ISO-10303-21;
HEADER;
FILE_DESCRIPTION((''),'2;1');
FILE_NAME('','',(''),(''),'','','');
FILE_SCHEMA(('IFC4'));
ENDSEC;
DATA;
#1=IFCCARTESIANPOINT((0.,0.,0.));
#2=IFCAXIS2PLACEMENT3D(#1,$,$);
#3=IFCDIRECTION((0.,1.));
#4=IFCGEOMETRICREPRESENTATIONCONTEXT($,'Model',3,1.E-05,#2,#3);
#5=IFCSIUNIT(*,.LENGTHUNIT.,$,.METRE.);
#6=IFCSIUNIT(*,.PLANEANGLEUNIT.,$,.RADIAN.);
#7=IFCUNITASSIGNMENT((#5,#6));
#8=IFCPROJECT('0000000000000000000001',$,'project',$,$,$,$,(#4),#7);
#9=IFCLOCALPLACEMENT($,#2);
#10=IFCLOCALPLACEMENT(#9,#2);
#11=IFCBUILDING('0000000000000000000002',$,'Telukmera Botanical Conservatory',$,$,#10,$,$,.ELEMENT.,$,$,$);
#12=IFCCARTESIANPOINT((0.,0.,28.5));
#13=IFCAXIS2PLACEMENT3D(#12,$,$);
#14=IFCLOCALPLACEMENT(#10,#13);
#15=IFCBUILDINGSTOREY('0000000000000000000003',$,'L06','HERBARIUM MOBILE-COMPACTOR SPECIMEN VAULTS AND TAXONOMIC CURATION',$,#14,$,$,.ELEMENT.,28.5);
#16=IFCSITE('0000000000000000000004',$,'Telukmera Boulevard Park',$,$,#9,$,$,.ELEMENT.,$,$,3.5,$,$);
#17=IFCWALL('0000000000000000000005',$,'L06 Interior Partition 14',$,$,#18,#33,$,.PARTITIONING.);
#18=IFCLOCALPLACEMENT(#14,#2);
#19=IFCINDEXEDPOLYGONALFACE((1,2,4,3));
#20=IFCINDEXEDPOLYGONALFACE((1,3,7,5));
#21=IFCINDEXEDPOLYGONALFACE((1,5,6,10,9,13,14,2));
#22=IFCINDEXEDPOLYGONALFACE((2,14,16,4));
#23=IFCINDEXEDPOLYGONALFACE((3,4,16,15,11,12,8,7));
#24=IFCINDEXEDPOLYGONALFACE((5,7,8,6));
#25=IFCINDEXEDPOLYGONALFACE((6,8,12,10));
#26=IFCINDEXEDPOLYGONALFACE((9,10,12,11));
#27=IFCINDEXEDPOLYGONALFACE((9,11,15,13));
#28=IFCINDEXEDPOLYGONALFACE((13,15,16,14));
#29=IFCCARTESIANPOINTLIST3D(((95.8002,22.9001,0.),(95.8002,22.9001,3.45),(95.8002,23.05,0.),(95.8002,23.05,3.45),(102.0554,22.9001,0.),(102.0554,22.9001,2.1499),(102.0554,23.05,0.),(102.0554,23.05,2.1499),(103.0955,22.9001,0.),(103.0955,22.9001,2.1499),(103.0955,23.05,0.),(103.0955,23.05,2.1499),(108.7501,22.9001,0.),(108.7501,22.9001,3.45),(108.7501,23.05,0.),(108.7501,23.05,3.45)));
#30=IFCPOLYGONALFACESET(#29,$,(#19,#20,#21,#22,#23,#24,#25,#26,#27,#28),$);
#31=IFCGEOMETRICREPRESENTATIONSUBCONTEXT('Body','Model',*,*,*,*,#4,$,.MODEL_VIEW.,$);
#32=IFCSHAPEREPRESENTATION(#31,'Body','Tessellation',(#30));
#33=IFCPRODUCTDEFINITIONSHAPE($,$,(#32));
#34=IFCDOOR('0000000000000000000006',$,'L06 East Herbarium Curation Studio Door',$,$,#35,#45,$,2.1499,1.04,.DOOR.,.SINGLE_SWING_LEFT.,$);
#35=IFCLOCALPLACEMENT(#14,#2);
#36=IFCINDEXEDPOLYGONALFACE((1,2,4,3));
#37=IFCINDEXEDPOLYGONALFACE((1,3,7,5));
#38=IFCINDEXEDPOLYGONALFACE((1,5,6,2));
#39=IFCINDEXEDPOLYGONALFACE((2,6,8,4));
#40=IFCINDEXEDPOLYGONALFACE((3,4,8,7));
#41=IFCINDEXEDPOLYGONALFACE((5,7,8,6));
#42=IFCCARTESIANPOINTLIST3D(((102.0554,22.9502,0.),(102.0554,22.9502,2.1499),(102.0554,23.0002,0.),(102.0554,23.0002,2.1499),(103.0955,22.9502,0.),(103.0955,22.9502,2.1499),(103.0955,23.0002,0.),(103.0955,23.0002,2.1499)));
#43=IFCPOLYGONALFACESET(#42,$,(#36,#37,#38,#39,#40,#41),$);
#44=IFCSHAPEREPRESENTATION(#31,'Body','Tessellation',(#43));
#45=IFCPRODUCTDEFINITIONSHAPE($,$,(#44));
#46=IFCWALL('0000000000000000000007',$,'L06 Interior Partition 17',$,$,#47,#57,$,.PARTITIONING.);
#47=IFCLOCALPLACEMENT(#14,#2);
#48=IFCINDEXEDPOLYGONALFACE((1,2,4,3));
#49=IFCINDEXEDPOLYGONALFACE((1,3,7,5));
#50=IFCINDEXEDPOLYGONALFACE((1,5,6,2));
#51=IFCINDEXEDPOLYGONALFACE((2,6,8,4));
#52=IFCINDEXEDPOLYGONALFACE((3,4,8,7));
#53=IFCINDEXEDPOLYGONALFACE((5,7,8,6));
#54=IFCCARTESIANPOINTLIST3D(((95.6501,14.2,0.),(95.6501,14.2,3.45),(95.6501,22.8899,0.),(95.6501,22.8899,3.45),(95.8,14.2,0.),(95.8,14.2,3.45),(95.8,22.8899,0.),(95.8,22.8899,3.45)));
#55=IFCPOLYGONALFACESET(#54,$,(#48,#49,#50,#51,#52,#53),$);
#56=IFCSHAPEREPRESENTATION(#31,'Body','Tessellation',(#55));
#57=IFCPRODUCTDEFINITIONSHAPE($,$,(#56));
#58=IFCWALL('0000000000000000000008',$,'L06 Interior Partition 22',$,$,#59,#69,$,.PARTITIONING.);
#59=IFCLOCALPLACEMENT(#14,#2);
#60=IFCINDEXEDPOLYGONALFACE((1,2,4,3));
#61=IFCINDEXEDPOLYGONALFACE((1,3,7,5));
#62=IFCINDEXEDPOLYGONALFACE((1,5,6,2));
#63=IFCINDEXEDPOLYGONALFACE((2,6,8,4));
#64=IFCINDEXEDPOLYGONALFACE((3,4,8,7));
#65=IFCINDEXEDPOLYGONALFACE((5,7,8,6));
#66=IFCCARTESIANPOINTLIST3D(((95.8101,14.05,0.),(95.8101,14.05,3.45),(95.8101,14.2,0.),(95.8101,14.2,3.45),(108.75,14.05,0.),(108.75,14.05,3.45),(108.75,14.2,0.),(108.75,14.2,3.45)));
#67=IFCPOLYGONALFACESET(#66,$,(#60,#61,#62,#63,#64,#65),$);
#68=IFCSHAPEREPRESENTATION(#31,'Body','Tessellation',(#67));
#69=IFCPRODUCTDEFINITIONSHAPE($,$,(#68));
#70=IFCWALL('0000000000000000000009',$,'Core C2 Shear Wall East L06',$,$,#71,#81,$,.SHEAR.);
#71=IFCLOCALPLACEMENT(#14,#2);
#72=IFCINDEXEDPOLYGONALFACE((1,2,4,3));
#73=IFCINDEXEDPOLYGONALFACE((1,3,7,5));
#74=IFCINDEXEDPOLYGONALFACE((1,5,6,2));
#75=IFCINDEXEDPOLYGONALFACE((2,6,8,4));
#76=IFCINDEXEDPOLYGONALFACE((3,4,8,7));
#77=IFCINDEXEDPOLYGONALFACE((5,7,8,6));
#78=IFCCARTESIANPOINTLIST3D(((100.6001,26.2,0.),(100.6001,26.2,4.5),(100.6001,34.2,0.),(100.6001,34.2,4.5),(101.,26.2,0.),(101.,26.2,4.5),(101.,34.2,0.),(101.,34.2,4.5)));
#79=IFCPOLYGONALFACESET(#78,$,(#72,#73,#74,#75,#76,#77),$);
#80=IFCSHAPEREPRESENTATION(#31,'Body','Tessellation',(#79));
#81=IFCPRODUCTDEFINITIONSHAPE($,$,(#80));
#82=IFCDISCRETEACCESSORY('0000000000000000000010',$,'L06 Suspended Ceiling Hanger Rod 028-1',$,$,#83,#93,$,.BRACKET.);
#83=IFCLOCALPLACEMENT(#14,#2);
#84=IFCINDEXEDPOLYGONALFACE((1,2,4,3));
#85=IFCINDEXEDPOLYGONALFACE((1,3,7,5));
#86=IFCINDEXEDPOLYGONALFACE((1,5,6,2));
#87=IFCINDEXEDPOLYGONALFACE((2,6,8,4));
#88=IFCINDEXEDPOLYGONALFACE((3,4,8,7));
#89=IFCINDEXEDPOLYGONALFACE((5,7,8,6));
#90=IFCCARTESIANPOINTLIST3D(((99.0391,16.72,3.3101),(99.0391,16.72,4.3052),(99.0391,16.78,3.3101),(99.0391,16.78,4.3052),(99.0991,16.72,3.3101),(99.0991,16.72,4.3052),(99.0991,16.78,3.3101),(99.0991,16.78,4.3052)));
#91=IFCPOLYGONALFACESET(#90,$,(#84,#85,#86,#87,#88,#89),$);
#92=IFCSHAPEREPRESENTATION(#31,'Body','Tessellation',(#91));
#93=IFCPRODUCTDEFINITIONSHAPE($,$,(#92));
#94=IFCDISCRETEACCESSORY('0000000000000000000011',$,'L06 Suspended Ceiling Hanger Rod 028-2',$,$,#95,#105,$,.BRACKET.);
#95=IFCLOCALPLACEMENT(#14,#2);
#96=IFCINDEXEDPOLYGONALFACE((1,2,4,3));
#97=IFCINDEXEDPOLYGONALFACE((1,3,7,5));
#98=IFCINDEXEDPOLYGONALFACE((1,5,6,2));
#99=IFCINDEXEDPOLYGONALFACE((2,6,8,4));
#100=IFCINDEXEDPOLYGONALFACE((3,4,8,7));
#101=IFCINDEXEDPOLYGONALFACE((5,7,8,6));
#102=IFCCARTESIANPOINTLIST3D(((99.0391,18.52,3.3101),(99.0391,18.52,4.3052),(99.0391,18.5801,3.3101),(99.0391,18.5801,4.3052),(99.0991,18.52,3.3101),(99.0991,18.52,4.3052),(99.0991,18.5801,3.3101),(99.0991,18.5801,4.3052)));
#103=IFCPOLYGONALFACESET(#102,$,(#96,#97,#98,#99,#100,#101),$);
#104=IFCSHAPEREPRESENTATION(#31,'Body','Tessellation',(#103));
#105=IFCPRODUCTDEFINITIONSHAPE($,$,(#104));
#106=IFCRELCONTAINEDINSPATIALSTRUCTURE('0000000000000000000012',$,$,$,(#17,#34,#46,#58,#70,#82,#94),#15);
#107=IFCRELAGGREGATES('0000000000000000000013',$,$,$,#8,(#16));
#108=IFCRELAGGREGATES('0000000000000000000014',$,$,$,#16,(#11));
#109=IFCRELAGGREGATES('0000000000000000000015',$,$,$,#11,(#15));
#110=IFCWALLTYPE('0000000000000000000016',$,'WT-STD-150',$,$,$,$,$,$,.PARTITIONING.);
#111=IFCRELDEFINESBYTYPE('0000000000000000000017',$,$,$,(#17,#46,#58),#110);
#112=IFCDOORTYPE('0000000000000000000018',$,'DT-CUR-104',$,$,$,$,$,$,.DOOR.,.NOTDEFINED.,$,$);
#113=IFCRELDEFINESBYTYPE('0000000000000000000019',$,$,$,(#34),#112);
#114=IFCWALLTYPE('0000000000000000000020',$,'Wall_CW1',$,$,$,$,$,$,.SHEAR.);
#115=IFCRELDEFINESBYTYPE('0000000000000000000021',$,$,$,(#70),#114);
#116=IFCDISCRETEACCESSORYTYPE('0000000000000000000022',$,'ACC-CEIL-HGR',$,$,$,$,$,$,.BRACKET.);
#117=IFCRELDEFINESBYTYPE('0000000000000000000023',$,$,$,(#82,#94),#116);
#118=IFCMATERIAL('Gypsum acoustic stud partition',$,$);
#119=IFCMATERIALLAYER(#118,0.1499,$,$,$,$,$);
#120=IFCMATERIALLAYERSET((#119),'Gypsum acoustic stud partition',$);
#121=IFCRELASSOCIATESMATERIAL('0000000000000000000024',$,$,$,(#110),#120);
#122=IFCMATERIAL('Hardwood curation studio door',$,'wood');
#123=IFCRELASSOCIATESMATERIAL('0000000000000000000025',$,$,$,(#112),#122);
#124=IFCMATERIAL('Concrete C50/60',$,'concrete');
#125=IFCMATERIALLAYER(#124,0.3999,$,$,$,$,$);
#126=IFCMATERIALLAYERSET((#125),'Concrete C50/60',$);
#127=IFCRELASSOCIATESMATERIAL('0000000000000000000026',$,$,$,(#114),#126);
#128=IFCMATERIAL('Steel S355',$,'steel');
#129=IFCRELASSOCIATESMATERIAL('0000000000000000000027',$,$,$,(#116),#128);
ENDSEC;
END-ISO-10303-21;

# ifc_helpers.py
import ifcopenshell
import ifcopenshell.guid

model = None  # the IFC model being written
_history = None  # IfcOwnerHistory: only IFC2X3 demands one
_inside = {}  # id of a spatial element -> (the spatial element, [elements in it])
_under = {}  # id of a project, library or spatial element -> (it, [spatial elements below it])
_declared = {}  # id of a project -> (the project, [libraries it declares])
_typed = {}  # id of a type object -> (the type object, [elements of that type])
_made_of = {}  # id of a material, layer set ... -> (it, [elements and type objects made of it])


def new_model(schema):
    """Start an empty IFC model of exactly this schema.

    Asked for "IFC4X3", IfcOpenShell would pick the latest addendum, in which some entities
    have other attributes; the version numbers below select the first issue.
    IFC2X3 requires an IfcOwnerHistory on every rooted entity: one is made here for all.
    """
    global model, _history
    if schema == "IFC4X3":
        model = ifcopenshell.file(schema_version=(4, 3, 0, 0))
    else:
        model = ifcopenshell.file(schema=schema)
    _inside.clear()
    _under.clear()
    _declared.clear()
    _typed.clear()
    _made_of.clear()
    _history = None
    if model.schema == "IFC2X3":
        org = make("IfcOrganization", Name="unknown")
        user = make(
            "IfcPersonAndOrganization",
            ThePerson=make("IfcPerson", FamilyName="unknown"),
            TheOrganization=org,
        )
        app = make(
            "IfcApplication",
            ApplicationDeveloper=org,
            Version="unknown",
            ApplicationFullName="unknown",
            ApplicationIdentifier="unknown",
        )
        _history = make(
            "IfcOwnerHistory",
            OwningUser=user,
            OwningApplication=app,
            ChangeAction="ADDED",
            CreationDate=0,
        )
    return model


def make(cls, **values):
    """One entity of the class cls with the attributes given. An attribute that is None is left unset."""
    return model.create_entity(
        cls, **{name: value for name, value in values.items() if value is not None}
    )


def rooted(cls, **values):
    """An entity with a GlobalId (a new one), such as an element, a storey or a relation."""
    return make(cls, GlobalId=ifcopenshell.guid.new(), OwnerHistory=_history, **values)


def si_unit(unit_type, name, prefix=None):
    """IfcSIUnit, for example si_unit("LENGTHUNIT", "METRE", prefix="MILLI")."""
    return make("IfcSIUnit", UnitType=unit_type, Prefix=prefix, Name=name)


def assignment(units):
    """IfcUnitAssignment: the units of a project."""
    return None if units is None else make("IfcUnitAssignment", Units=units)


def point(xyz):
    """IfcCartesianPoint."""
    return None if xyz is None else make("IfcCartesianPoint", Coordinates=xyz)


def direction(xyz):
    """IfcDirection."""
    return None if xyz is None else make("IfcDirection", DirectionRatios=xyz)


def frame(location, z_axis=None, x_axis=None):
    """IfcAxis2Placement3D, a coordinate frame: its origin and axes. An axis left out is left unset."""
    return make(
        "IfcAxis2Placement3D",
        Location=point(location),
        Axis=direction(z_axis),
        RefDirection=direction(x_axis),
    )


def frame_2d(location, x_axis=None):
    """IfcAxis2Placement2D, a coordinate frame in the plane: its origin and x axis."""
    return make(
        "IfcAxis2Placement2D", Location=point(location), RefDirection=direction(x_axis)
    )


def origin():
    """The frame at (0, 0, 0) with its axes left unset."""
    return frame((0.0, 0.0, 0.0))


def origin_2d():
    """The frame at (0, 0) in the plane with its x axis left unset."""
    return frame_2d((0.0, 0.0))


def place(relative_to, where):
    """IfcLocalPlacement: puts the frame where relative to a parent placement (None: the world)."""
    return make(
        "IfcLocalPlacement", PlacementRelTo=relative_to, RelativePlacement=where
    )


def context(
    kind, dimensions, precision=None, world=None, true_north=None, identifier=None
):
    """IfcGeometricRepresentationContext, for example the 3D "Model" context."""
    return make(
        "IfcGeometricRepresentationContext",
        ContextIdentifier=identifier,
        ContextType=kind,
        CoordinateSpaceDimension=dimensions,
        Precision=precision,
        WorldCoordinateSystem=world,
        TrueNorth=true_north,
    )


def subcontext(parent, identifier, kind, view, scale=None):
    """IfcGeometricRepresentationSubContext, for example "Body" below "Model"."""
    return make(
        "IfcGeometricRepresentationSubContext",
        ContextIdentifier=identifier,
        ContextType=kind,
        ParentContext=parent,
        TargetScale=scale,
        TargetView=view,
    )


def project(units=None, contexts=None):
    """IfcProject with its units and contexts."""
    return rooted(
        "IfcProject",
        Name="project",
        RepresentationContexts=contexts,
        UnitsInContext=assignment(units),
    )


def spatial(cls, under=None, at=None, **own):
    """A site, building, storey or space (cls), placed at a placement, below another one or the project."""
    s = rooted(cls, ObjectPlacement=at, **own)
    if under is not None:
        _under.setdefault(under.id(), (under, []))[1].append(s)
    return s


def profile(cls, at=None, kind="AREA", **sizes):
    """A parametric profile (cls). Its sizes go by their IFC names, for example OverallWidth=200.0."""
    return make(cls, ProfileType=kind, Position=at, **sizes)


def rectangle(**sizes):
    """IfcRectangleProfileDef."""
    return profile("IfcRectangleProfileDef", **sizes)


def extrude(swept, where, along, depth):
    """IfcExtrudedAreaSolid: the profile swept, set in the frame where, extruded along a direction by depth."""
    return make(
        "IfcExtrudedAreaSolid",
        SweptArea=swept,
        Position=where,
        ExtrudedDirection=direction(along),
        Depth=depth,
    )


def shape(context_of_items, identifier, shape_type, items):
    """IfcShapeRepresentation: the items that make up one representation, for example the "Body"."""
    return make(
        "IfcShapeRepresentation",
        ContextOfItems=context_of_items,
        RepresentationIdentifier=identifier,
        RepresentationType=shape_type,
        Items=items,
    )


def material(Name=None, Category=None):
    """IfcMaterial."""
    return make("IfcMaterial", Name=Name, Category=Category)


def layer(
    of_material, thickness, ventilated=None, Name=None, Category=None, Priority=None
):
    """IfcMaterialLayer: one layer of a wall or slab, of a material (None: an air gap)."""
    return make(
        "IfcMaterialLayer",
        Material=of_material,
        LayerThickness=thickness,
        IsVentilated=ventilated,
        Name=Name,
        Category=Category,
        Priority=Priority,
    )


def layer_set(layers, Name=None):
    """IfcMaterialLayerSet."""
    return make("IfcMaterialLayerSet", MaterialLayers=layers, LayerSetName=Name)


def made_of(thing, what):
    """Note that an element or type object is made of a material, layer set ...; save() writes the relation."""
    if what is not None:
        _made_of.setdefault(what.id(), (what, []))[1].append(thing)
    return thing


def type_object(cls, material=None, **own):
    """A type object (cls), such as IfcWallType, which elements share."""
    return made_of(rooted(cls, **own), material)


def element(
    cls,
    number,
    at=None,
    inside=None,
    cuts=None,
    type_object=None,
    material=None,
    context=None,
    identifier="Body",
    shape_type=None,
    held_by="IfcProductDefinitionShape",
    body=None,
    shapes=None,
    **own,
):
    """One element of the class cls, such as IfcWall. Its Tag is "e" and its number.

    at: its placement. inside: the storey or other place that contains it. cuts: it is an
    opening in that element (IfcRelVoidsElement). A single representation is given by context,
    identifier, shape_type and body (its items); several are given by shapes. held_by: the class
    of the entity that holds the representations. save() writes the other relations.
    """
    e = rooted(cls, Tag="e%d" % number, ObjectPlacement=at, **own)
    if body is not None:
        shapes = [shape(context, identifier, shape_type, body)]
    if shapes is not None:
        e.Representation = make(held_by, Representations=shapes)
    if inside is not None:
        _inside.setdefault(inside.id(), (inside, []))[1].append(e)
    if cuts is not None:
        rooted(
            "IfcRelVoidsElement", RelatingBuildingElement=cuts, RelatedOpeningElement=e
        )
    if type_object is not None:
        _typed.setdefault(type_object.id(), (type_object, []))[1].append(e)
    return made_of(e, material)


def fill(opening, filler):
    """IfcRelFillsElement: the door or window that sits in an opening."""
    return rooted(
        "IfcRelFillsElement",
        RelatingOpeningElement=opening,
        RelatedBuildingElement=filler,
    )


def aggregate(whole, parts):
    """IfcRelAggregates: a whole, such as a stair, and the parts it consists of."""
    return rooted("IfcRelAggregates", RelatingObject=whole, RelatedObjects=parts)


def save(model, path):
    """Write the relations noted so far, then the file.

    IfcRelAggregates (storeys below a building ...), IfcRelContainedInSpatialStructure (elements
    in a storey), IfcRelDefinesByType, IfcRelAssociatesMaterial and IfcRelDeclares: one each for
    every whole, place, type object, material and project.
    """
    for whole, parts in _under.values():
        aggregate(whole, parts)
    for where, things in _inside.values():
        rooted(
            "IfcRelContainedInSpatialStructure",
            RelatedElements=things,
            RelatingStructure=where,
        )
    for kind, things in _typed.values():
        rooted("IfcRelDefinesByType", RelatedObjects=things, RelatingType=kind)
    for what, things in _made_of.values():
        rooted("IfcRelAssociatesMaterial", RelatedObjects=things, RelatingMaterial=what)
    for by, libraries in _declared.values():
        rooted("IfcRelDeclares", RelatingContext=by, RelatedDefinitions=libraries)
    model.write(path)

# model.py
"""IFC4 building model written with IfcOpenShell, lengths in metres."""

from ifc_helpers import new_model, si_unit, direction, frame, frame_2d, origin, origin_2d, place, context, subcontext, project, spatial, rectangle, extrude, material, layer, layer_set, type_object, element, fill, save


model = new_model("IFC4")

# Units and contexts
model_context = context("Model", 3, precision=1e-05, world=origin(), true_north=direction((0.0, 1.0)))
body_context = subcontext(model_context, "Body", "Model", "MODEL_VIEW")
ifc_project = project(units=[si_unit("LENGTHUNIT", "METRE"), si_unit("PLANEANGLEUNIT", "RADIAN")], contexts=[model_context])

# Site, building, storey
site_placement = place(None, origin())
site = spatial("IfcSite", under=ifc_project, at=site_placement, Name="Telukmera Boulevard Park", CompositionType="ELEMENT", RefElevation=3.5)
building_placement = place(site_placement, origin())
building = spatial("IfcBuilding", under=site, at=building_placement, Name="Telukmera Botanical Conservatory", CompositionType="ELEMENT")
storey_placement = place(building_placement, frame((0.0, 0.0, 28.5)))
storey = spatial("IfcBuildingStorey", under=building, at=storey_placement, Name="L06", Description="HERBARIUM MOBILE-COMPACTOR SPECIMEN VAULTS AND TAXONOMIC CURATION", CompositionType="ELEMENT", Elevation=28.5)

# Shared definitions
ifc_material_1 = material(Name="Concrete C50/60", Category="concrete")

# Wall, opening, door
ifc_material_2 = material(Name="Gypsum acoustic stud partition")
ifc_layer_1 = layer(ifc_material_2, 0.1499)
ifc_layer_set_1 = layer_set([ifc_layer_1], Name="Gypsum acoustic stud partition")
wall_type_1 = type_object("IfcWallType", Name="WT-STD-150", PredefinedType="PARTITIONING", material=ifc_layer_set_1)
ifc_material_3 = material(Name="Hardwood curation studio door", Category="wood")
door_type_1 = type_object("IfcDoorType", Name="DT-CUR-104", OperationType="NOTDEFINED", PredefinedType="DOOR", material=ifc_material_3)
wall_1_placement = place(storey_placement, frame((95.8, 22.9751, 0.0), z_axis=(0.0, 0.0, 1.0), x_axis=(1.0, 0.0, 0.0)))
wall_1 = element("IfcWall", 1, at=wall_1_placement, inside=storey, type_object=wall_type_1, Name="L06 Interior Partition 14", PredefinedType="PARTITIONING", context=body_context, shape_type="SweptSolid", body=[
    extrude(rectangle(XDim=12.95, YDim=0.1499, at=frame_2d((6.4751, 0.0))), origin(), (0.0, 0.0, 1.0), 3.45),
])
opening_1_placement = place(wall_1_placement, frame((6.2554, 0.0, 0.0)))
opening_1 = element("IfcOpeningElement", 2, at=opening_1_placement, cuts=wall_1, PredefinedType="OPENING", context=body_context, shape_type="SweptSolid", body=[
    extrude(rectangle(XDim=1.04, YDim=2.1499, at=frame_2d((0.52, 1.075))), frame((0.0, 0.085, 0.0), z_axis=(0.0, -1.0, 0.0), x_axis=(1.0, 0.0, 0.0)), (0.0, 0.0, 1.0), 0.1699),
])
door_1_placement = place(opening_1_placement, frame((1.04, 0.0, 0.0), z_axis=(0.0, 0.0, 1.0), x_axis=(-1.0, 0.0, 0.0)))
door_1 = element("IfcDoor", 3, at=door_1_placement, inside=storey, type_object=door_type_1, Name="L06 East Herbarium Curation Studio Door", OperationType="SINGLE_SWING_LEFT", OverallHeight=2.1499, OverallWidth=1.04, PredefinedType="DOOR", context=body_context, shape_type="SweptSolid", body=[
    extrude(rectangle(XDim=1.04, YDim=2.1499, at=frame_2d((0.52, 1.075))), frame((0.0, 0.0249, 0.0), z_axis=(0.0, -1.0, 0.0), x_axis=(1.0, 0.0, 0.0)), (0.0, 0.0, 1.0), 0.05),
])
fill(opening_1, door_1)

# Walls
wall_2_placement = place(storey_placement, frame((95.7251, 14.2, 0.0), z_axis=(0.0, 0.0, 1.0), x_axis=(0.0, 1.0, 0.0)))
element("IfcWall", 4, at=wall_2_placement, inside=storey, type_object=wall_type_1, Name="L06 Interior Partition 17", PredefinedType="PARTITIONING", context=body_context, shape_type="SweptSolid", body=[
    extrude(rectangle(XDim=8.6899, YDim=0.1499, at=frame_2d((4.345, 0.0))), origin(), (0.0, 0.0, 1.0), 3.45),
])
wall_3_placement = place(storey_placement, frame((95.8101, 14.125, 0.0), z_axis=(0.0, 0.0, 1.0), x_axis=(1.0, 0.0, 0.0)))
element("IfcWall", 5, at=wall_3_placement, inside=storey, type_object=wall_type_1, Name="L06 Interior Partition 22", PredefinedType="PARTITIONING", context=body_context, shape_type="SweptSolid", body=[
    extrude(rectangle(XDim=12.9399, YDim=0.1499, at=frame_2d((6.47, 0.0))), origin(), (0.0, 0.0, 1.0), 3.45),
])
ifc_layer_2 = layer(ifc_material_1, 0.3999)
ifc_layer_set_2 = layer_set([ifc_layer_2], Name="Concrete C50/60")
wall_type_2 = type_object("IfcWallType", Name="Wall_CW1", PredefinedType="SHEAR", material=ifc_layer_set_2)
wall_4_placement = place(storey_placement, frame((100.8, 26.2, 0.0), z_axis=(0.0, 0.0, 1.0), x_axis=(0.0, 1.0, 0.0)))
element("IfcWall", 6, at=wall_4_placement, inside=storey, type_object=wall_type_2, Name="Core C2 Shear Wall East L06", PredefinedType="SHEAR", context=body_context, shape_type="SweptSolid", body=[
    extrude(rectangle(XDim=8.0, YDim=0.3999, at=frame_2d((4.0, 0.0))), origin(), (0.0, 0.0, 1.0), 4.5),
])

# Discrete accessories
ifc_material_4 = material(Name="Steel S355", Category="steel")
discrete_accessory_type = type_object("IfcDiscreteAccessoryType", Name="ACC-CEIL-HGR", PredefinedType="BRACKET", material=ifc_material_4)
for number, where, z_axis, x_axis, name in (
    (7, (99.0691, 16.75, 3.3101), (0.0, 0.0, 1.0), (1.0, 0.0, 0.0), "L06 Suspended Ceiling Hanger Rod 028-1"),
    (8, (99.0691, 18.55, 3.3101), (0.0, 0.0, 1.0), (1.0, 0.0, 0.0), "L06 Suspended Ceiling Hanger Rod 028-2"),
):
    element("IfcDiscreteAccessory", number, at=place(storey_placement, frame(where, z_axis=z_axis, x_axis=x_axis)), inside=storey, type_object=discrete_accessory_type, Name=name, PredefinedType="BRACKET", context=body_context, shape_type="SweptSolid", body=[
        extrude(rectangle(XDim=0.0601, YDim=0.0601, at=origin_2d()), origin(), (0.0, 0.0, 1.0), 0.9951),
    ])

save(model, "model.ifc")
